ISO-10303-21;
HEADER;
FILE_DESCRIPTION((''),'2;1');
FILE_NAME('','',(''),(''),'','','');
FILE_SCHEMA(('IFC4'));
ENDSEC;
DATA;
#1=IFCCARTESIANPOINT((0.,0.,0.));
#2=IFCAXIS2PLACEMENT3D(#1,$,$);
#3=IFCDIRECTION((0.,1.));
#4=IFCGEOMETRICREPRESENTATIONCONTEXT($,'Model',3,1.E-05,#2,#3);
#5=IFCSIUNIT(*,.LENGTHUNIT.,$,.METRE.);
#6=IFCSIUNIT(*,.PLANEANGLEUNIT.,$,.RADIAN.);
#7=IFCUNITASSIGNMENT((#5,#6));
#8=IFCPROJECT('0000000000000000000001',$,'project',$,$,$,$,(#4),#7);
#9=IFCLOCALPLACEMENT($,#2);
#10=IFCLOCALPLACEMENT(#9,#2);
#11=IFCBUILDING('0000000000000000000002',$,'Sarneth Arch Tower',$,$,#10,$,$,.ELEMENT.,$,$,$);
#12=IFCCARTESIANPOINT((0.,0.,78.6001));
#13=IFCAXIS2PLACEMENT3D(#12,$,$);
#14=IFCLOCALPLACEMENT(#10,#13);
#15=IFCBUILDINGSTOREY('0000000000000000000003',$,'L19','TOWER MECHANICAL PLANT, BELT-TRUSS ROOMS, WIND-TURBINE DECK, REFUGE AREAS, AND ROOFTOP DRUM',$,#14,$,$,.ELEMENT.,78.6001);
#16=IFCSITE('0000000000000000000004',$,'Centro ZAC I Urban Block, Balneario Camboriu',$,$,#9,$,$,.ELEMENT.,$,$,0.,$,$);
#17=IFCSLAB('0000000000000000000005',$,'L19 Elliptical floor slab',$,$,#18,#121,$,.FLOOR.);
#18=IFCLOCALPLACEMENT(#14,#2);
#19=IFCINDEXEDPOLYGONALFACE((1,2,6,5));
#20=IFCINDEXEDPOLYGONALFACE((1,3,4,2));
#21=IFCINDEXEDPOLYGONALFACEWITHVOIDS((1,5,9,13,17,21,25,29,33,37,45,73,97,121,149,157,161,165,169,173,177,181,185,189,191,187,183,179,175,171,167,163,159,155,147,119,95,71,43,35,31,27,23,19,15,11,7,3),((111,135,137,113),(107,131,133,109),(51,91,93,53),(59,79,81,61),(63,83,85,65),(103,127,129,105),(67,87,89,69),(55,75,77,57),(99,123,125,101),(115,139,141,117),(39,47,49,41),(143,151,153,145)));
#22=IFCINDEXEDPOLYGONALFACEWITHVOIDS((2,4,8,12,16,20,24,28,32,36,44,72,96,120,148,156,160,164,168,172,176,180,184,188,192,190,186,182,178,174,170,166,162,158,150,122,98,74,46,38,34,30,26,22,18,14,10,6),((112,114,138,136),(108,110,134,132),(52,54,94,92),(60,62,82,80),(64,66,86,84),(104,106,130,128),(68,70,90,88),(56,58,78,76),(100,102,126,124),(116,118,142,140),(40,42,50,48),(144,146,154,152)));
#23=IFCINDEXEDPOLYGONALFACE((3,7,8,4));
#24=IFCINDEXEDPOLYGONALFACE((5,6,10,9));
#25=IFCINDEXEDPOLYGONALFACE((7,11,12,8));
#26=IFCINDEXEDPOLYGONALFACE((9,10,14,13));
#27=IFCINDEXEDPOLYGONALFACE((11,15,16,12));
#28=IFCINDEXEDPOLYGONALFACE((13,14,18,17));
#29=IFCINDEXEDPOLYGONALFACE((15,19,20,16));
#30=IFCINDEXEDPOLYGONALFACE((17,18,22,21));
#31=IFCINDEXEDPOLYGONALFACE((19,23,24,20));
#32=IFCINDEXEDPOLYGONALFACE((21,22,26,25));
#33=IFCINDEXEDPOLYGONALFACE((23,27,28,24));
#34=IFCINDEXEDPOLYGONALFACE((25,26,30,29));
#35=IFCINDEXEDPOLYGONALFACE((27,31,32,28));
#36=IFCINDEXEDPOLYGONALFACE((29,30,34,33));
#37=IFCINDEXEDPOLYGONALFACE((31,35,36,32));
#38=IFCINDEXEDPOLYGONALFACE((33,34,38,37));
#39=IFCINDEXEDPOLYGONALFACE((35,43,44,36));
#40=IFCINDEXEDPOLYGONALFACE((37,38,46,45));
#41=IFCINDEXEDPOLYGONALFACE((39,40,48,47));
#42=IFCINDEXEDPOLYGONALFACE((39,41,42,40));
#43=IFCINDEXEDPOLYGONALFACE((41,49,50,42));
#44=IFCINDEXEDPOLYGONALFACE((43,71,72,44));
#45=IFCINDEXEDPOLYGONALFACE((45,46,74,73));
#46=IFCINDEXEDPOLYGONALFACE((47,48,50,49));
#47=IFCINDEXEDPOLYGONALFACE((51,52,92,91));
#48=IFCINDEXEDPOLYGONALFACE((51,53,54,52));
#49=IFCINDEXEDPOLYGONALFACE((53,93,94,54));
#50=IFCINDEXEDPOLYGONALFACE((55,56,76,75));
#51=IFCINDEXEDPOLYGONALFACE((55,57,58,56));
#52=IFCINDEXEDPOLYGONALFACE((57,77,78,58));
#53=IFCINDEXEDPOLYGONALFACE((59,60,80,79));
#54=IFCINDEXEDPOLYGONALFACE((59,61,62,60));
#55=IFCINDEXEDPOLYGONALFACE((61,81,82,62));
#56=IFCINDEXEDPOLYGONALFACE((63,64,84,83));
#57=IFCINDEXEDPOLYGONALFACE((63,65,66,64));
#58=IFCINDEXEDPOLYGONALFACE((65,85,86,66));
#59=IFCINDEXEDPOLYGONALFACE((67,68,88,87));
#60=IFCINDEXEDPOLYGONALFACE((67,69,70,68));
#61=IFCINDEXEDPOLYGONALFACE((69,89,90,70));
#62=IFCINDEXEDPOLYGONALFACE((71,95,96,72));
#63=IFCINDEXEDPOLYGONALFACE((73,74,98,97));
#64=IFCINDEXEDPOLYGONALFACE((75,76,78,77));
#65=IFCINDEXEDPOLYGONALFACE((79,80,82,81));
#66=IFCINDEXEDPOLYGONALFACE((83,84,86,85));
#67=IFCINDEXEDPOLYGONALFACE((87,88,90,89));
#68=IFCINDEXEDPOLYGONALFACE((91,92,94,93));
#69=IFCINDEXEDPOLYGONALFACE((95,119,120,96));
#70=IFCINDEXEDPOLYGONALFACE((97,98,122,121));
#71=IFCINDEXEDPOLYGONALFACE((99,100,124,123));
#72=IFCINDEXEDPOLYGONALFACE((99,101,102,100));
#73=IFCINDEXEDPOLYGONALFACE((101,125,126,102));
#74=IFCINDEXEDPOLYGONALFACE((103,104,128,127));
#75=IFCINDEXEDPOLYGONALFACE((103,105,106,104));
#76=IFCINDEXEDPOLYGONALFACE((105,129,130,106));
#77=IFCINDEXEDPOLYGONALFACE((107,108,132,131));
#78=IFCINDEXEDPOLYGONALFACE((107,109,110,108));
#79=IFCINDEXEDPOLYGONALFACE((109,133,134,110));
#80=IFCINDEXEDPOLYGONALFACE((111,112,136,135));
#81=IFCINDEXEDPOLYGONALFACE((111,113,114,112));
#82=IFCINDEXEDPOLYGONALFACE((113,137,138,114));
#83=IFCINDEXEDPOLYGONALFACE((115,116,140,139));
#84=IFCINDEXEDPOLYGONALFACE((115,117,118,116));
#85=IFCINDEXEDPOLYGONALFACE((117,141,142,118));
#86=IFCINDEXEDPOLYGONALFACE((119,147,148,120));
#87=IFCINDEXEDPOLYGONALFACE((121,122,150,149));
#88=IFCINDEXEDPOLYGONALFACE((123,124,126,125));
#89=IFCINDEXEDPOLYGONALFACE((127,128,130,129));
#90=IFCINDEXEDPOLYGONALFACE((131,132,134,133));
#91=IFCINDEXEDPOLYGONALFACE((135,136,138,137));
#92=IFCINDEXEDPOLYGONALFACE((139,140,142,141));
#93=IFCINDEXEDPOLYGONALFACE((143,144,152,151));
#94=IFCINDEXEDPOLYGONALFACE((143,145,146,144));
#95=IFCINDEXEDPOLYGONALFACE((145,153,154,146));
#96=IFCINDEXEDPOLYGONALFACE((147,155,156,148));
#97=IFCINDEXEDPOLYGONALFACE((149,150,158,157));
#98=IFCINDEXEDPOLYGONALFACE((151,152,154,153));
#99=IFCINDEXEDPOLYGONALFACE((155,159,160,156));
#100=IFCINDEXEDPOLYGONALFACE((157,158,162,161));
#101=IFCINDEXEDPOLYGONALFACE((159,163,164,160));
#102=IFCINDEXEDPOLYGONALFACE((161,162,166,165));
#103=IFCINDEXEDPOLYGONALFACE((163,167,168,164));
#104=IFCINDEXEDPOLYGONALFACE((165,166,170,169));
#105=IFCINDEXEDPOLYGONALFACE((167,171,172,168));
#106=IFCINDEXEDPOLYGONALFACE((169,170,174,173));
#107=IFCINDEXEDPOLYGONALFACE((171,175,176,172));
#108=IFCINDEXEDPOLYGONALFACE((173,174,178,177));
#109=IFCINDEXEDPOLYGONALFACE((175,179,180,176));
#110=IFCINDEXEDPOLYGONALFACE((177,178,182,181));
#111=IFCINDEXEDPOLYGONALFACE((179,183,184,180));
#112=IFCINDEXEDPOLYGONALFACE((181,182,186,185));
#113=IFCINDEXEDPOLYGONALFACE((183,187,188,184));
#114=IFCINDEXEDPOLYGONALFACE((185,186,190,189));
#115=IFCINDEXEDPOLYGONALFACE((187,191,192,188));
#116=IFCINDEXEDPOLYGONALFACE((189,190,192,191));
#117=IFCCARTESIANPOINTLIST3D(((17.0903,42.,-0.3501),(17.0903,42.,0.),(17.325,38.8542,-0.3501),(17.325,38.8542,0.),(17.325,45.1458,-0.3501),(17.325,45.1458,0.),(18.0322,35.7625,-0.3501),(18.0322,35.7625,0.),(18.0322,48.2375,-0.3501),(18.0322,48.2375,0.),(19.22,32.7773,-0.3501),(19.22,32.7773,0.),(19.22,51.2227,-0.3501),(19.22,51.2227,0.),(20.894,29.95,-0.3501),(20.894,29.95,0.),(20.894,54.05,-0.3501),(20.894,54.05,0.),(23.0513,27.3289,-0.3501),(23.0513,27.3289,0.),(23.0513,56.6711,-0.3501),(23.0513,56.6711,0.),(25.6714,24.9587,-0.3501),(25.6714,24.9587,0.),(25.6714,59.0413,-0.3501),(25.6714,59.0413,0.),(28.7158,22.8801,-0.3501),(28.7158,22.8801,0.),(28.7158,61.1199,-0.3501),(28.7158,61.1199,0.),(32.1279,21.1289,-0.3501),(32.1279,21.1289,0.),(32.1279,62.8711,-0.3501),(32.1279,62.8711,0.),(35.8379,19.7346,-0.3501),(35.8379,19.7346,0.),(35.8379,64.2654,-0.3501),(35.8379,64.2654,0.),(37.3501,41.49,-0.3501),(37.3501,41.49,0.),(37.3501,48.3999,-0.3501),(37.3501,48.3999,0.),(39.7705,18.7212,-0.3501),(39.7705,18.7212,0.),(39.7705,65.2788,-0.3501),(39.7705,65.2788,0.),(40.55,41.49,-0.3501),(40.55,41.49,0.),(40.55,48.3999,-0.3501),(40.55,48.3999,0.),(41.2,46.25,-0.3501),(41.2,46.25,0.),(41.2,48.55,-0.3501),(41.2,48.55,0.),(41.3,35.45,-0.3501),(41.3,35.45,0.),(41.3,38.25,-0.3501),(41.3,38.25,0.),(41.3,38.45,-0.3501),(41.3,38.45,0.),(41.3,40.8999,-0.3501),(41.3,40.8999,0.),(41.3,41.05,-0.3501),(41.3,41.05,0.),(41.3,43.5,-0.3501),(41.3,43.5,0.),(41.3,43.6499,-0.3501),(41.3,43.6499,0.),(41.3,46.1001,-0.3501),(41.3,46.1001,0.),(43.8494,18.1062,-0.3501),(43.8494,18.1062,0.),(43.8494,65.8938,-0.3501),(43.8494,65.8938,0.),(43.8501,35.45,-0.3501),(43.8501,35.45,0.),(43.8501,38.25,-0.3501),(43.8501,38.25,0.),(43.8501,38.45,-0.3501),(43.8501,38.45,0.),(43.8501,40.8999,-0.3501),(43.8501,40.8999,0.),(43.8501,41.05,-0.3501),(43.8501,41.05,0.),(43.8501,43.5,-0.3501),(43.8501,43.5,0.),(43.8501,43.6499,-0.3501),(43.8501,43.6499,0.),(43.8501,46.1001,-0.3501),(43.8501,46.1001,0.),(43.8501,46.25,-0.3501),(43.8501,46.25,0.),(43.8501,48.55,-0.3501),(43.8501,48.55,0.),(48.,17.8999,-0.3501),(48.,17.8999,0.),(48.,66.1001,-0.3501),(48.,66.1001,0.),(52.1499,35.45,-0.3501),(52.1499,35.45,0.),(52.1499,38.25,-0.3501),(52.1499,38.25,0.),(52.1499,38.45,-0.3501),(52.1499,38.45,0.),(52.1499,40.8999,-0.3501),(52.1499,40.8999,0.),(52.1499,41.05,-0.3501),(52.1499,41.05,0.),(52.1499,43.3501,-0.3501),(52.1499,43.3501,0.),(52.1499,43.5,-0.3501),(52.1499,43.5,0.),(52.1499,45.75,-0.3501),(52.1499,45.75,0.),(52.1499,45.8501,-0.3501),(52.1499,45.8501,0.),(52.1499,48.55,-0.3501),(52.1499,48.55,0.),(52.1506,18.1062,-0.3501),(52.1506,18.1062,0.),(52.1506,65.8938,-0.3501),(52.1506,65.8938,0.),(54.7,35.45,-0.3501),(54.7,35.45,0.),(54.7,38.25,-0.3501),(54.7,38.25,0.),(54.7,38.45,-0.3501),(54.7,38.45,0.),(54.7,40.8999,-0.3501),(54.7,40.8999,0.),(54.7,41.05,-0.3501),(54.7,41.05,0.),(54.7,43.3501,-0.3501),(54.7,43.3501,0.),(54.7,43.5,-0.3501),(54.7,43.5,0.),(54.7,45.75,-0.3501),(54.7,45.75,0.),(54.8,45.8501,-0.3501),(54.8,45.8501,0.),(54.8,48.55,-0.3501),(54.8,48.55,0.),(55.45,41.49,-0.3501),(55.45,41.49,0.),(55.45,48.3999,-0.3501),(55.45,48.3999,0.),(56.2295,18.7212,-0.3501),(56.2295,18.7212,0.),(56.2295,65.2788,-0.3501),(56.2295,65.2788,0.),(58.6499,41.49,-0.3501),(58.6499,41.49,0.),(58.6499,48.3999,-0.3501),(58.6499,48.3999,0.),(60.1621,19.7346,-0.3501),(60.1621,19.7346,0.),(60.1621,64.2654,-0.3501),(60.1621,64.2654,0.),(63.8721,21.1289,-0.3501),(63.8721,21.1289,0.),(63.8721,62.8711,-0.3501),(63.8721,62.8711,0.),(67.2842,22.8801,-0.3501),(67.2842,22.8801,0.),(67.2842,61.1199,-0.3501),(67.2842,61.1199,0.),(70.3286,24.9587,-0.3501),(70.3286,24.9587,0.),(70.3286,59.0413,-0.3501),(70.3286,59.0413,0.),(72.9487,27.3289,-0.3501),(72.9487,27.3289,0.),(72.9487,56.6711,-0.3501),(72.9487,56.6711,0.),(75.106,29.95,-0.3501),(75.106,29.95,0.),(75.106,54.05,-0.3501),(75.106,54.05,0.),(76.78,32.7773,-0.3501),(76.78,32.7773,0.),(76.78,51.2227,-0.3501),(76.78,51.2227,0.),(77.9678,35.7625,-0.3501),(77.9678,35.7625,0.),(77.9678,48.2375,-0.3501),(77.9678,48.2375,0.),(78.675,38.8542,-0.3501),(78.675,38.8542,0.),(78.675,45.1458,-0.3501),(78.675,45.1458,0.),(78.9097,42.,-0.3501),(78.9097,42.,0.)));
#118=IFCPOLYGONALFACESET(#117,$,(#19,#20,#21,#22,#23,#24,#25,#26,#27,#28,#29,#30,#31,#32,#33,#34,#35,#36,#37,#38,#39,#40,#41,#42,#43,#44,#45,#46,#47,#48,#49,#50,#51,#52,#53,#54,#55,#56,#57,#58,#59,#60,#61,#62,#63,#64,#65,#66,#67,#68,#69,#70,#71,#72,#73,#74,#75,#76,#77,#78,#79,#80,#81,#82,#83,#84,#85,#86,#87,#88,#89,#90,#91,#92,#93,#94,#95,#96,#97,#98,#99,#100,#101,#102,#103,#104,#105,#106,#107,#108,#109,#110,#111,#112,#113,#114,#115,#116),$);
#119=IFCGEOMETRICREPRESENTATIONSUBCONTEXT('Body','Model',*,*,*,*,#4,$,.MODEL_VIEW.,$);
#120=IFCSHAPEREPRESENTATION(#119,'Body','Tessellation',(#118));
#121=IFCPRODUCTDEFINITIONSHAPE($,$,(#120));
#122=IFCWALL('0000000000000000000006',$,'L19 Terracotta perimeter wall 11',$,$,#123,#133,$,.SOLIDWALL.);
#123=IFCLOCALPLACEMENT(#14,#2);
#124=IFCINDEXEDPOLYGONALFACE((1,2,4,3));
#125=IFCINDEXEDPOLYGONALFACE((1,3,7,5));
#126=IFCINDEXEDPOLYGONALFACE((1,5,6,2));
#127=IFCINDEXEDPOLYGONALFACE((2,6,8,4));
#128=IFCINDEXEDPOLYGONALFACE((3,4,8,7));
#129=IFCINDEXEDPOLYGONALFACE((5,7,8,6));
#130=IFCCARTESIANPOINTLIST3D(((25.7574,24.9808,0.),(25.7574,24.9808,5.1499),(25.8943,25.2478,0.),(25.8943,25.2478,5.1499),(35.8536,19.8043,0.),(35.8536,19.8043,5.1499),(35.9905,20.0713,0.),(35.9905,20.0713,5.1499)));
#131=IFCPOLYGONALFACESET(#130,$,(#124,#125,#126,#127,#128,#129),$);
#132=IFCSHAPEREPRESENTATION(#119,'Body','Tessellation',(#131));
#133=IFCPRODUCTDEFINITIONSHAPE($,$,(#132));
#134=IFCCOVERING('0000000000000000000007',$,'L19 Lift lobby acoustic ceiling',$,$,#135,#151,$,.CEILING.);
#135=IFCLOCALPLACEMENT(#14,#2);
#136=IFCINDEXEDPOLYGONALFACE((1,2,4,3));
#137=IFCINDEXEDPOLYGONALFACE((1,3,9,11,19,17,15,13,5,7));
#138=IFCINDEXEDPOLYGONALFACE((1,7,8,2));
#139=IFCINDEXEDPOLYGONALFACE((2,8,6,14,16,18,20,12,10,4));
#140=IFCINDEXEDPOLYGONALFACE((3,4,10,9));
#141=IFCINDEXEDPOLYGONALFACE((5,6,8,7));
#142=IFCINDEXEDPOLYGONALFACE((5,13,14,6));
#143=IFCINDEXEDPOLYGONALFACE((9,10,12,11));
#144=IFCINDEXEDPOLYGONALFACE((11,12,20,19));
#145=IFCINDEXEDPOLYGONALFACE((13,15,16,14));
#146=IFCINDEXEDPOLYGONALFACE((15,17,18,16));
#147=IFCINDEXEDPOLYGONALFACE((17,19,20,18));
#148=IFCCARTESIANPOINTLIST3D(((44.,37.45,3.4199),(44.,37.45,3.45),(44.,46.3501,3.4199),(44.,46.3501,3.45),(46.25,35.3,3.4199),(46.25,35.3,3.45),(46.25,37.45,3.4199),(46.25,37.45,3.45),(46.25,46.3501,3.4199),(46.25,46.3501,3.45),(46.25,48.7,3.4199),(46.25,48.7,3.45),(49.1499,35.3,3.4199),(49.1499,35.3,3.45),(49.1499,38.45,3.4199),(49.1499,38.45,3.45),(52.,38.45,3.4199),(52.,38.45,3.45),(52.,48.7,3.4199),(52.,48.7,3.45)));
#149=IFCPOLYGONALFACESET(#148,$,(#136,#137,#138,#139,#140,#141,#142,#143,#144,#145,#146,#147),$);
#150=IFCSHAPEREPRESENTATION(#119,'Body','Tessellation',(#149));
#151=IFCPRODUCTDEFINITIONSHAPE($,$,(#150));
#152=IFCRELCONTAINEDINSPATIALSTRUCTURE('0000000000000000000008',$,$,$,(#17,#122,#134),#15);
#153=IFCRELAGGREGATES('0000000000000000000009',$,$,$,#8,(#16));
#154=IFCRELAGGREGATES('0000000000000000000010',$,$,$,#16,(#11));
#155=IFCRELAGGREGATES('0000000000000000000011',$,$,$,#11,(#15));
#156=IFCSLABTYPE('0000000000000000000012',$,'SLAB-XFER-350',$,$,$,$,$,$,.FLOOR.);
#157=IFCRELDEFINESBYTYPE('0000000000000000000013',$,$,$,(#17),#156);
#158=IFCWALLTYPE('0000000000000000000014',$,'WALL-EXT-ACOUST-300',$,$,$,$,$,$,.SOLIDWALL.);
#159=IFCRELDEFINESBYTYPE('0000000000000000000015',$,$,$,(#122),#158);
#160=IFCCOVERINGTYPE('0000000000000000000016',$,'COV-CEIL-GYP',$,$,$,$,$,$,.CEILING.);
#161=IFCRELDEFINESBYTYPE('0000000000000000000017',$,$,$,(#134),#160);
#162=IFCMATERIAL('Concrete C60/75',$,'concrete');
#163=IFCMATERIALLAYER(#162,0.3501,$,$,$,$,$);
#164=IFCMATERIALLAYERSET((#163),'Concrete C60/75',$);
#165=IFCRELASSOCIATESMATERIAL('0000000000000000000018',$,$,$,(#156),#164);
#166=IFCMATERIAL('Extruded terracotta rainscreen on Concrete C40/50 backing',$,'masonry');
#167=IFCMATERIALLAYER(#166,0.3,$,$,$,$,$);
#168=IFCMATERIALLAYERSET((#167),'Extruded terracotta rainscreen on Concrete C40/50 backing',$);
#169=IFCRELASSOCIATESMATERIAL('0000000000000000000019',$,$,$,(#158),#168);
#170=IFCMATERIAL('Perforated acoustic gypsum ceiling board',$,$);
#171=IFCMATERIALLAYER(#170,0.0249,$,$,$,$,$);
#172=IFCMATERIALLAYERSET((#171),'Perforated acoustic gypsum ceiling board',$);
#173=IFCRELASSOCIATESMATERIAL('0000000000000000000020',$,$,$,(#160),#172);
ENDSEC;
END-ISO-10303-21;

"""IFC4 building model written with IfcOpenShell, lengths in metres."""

from ifc_helpers import new_model, si_unit, direction, frame, frame_2d, origin, place, context, subcontext, project, spatial, polyline, rectangle, outline, extrude, material, layer, layer_set, type_object, element, save


model = new_model("IFC4")

# Units and contexts
model_context = context("Model", 3, precision=1e-05, world=origin(), true_north=direction((0.0, 1.0)))
body_context = subcontext(model_context, "Body", "Model", "MODEL_VIEW")
ifc_project = project(units=[si_unit("LENGTHUNIT", "METRE"), si_unit("PLANEANGLEUNIT", "RADIAN")], contexts=[model_context])

# Site, building, storey
site_placement = place(None, origin())
site = spatial("IfcSite", under=ifc_project, at=site_placement, Name="Centro ZAC I Urban Block, Balneario Camboriu", CompositionType="ELEMENT", RefElevation=0.0)
building_placement = place(site_placement, origin())
building = spatial("IfcBuilding", under=site, at=building_placement, Name="Sarneth Arch Tower", CompositionType="ELEMENT")
storey_placement = place(building_placement, frame((0.0, 0.0, 78.6001)))
storey = spatial("IfcBuildingStorey", under=building, at=storey_placement, Name="L19", Description="TOWER MECHANICAL PLANT, BELT-TRUSS ROOMS, WIND-TURBINE DECK, REFUGE AREAS, AND ROOFTOP DRUM", CompositionType="ELEMENT", Elevation=78.6001)

# Slab
ifc_material_1 = material(Name="Concrete C60/75", Category="concrete")
ifc_layer_1 = layer(ifc_material_1, 0.3501)
ifc_layer_set_1 = layer_set([ifc_layer_1], Name="Concrete C60/75")
slab_type_1 = type_object("IfcSlabType", Name="SLAB-XFER-350", PredefinedType="FLOOR", material=ifc_layer_set_1)
slab_1_placement = place(storey_placement, frame((0.0, 0.0, -0.3501)))
element("IfcSlab", 1, at=slab_1_placement, inside=storey, type_object=slab_type_1, Name="L19 Elliptical floor slab", PredefinedType="FLOOR", context=body_context, shape_type="SweptSolid", body=[
    extrude(outline(polyline([(78.9097, 42.0), (78.675, 45.1458), (77.9678, 48.2375), (76.78, 51.2227), (75.106, 54.05), (72.9487, 56.6711), (70.3286, 59.0413), (67.2842, 61.1199), (63.8721, 62.8711), (60.1621, 64.2654), (56.2295, 65.2788), (52.1506, 65.8938), (48.0, 66.1001), (43.8494, 65.8938), (39.7705, 65.2788), (35.8379, 64.2654), (32.1279, 62.8711), (28.7158, 61.1199), (25.6714, 59.0413), (23.0513, 56.6711), (20.894, 54.05), (19.22, 51.2227), (18.0322, 48.2375), (17.325, 45.1458), (17.0903, 42.0), (17.325, 38.8542), (18.0322, 35.7625), (19.22, 32.7773), (20.894, 29.95), (23.0513, 27.3289), (25.6714, 24.9587), (28.7158, 22.8801), (32.1279, 21.1289), (35.8379, 19.7346), (39.7705, 18.7212), (43.8494, 18.1062), (48.0, 17.8999), (52.1506, 18.1062), (56.2295, 18.7212), (60.1621, 19.7346), (63.8721, 21.1289), (67.2842, 22.8801), (70.3286, 24.9587), (72.9487, 27.3289), (75.106, 29.95), (76.78, 32.7773), (77.9678, 35.7625), (78.675, 38.8542), (78.9097, 42.0)]), holes=[polyline([(37.3501, 41.49), (40.55, 41.49), (40.55, 48.3999), (37.3501, 48.3999), (37.3501, 41.49)]), polyline([(55.45, 41.49), (58.6499, 41.49), (58.6499, 48.3999), (55.45, 48.3999), (55.45, 41.49)]), polyline([(41.2, 46.25), (43.8501, 46.25), (43.8501, 48.55), (41.2, 48.55), (41.2, 46.25)]), polyline([(41.3, 35.45), (43.8501, 35.45), (43.8501, 38.25), (41.3, 38.25), (41.3, 35.45)]), polyline([(52.1499, 35.45), (54.7, 35.45), (54.7, 38.25), (52.1499, 38.25), (52.1499, 35.45)]), polyline([(52.1499, 45.8501), (54.8, 45.8501), (54.8, 48.55), (52.1499, 48.55), (52.1499, 45.8501)]), polyline([(41.3, 38.45), (43.8501, 38.45), (43.8501, 40.8999), (41.3, 40.8999), (41.3, 38.45)]), polyline([(41.3, 41.05), (43.8501, 41.05), (43.8501, 43.5), (41.3, 43.5), (41.3, 41.05)]), polyline([(41.3, 43.6499), (43.8501, 43.6499), (43.8501, 46.1001), (41.3, 46.1001), (41.3, 43.6499)]), polyline([(52.1499, 38.45), (54.7, 38.45), (54.7, 40.8999), (52.1499, 40.8999), (52.1499, 38.45)]), polyline([(52.1499, 41.05), (54.7, 41.05), (54.7, 43.3501), (52.1499, 43.3501), (52.1499, 41.05)]), polyline([(52.1499, 43.5), (54.7, 43.5), (54.7, 45.75), (52.1499, 45.75), (52.1499, 43.5)])]), origin(), (0.0, 0.0, 1.0), 0.3501),
])

# Wall
ifc_material_2 = material(Name="Extruded terracotta rainscreen on Concrete C40/50 backing", Category="masonry")
ifc_layer_2 = layer(ifc_material_2, 0.3)
ifc_layer_set_2 = layer_set([ifc_layer_2], Name="Extruded terracotta rainscreen on Concrete C40/50 backing")
wall_type = type_object("IfcWallType", Name="WALL-EXT-ACOUST-300", PredefinedType="SOLIDWALL", material=ifc_layer_set_2)
wall_placement = place(storey_placement, frame((25.8259, 25.1143, 0.0), z_axis=(0.0, 0.0, 1.0), x_axis=(0.889854, -0.456245, 0.0)))
element("IfcWall", 2, at=wall_placement, inside=storey, type_object=wall_type, Name="L19 Terracotta perimeter wall 11", PredefinedType="SOLIDWALL", context=body_context, shape_type="SweptSolid", body=[
    extrude(rectangle(XDim=11.3459, YDim=0.3, at=frame_2d((5.6729, 0.0))), origin(), (0.0, 0.0, 1.0), 5.1499),
])

# Covering
ifc_material_3 = material(Name="Perforated acoustic gypsum ceiling board")
ifc_layer_3 = layer(ifc_material_3, 0.0249)
ifc_layer_set_3 = layer_set([ifc_layer_3], Name="Perforated acoustic gypsum ceiling board")
covering_type = type_object("IfcCoveringType", Name="COV-CEIL-GYP", PredefinedType="CEILING", material=ifc_layer_set_3)
covering_placement = place(storey_placement, frame((0.0, 0.0, 3.4199)))
element("IfcCovering", 3, at=covering_placement, inside=storey, type_object=covering_type, Name="L19 Lift lobby acoustic ceiling", PredefinedType="CEILING", context=body_context, shape_type="SweptSolid", body=[
    extrude(outline(polyline([(49.1499, 38.45), (49.1499, 35.3), (46.25, 35.3), (46.25, 37.45), (44.0, 37.45), (44.0, 46.3501), (46.25, 46.3501), (46.25, 48.7), (52.0, 48.7), (52.0, 38.45), (49.1499, 38.45)])), origin(), (0.0, 0.0, 1.0), 0.03),
])

save(model, "model.ifc")
